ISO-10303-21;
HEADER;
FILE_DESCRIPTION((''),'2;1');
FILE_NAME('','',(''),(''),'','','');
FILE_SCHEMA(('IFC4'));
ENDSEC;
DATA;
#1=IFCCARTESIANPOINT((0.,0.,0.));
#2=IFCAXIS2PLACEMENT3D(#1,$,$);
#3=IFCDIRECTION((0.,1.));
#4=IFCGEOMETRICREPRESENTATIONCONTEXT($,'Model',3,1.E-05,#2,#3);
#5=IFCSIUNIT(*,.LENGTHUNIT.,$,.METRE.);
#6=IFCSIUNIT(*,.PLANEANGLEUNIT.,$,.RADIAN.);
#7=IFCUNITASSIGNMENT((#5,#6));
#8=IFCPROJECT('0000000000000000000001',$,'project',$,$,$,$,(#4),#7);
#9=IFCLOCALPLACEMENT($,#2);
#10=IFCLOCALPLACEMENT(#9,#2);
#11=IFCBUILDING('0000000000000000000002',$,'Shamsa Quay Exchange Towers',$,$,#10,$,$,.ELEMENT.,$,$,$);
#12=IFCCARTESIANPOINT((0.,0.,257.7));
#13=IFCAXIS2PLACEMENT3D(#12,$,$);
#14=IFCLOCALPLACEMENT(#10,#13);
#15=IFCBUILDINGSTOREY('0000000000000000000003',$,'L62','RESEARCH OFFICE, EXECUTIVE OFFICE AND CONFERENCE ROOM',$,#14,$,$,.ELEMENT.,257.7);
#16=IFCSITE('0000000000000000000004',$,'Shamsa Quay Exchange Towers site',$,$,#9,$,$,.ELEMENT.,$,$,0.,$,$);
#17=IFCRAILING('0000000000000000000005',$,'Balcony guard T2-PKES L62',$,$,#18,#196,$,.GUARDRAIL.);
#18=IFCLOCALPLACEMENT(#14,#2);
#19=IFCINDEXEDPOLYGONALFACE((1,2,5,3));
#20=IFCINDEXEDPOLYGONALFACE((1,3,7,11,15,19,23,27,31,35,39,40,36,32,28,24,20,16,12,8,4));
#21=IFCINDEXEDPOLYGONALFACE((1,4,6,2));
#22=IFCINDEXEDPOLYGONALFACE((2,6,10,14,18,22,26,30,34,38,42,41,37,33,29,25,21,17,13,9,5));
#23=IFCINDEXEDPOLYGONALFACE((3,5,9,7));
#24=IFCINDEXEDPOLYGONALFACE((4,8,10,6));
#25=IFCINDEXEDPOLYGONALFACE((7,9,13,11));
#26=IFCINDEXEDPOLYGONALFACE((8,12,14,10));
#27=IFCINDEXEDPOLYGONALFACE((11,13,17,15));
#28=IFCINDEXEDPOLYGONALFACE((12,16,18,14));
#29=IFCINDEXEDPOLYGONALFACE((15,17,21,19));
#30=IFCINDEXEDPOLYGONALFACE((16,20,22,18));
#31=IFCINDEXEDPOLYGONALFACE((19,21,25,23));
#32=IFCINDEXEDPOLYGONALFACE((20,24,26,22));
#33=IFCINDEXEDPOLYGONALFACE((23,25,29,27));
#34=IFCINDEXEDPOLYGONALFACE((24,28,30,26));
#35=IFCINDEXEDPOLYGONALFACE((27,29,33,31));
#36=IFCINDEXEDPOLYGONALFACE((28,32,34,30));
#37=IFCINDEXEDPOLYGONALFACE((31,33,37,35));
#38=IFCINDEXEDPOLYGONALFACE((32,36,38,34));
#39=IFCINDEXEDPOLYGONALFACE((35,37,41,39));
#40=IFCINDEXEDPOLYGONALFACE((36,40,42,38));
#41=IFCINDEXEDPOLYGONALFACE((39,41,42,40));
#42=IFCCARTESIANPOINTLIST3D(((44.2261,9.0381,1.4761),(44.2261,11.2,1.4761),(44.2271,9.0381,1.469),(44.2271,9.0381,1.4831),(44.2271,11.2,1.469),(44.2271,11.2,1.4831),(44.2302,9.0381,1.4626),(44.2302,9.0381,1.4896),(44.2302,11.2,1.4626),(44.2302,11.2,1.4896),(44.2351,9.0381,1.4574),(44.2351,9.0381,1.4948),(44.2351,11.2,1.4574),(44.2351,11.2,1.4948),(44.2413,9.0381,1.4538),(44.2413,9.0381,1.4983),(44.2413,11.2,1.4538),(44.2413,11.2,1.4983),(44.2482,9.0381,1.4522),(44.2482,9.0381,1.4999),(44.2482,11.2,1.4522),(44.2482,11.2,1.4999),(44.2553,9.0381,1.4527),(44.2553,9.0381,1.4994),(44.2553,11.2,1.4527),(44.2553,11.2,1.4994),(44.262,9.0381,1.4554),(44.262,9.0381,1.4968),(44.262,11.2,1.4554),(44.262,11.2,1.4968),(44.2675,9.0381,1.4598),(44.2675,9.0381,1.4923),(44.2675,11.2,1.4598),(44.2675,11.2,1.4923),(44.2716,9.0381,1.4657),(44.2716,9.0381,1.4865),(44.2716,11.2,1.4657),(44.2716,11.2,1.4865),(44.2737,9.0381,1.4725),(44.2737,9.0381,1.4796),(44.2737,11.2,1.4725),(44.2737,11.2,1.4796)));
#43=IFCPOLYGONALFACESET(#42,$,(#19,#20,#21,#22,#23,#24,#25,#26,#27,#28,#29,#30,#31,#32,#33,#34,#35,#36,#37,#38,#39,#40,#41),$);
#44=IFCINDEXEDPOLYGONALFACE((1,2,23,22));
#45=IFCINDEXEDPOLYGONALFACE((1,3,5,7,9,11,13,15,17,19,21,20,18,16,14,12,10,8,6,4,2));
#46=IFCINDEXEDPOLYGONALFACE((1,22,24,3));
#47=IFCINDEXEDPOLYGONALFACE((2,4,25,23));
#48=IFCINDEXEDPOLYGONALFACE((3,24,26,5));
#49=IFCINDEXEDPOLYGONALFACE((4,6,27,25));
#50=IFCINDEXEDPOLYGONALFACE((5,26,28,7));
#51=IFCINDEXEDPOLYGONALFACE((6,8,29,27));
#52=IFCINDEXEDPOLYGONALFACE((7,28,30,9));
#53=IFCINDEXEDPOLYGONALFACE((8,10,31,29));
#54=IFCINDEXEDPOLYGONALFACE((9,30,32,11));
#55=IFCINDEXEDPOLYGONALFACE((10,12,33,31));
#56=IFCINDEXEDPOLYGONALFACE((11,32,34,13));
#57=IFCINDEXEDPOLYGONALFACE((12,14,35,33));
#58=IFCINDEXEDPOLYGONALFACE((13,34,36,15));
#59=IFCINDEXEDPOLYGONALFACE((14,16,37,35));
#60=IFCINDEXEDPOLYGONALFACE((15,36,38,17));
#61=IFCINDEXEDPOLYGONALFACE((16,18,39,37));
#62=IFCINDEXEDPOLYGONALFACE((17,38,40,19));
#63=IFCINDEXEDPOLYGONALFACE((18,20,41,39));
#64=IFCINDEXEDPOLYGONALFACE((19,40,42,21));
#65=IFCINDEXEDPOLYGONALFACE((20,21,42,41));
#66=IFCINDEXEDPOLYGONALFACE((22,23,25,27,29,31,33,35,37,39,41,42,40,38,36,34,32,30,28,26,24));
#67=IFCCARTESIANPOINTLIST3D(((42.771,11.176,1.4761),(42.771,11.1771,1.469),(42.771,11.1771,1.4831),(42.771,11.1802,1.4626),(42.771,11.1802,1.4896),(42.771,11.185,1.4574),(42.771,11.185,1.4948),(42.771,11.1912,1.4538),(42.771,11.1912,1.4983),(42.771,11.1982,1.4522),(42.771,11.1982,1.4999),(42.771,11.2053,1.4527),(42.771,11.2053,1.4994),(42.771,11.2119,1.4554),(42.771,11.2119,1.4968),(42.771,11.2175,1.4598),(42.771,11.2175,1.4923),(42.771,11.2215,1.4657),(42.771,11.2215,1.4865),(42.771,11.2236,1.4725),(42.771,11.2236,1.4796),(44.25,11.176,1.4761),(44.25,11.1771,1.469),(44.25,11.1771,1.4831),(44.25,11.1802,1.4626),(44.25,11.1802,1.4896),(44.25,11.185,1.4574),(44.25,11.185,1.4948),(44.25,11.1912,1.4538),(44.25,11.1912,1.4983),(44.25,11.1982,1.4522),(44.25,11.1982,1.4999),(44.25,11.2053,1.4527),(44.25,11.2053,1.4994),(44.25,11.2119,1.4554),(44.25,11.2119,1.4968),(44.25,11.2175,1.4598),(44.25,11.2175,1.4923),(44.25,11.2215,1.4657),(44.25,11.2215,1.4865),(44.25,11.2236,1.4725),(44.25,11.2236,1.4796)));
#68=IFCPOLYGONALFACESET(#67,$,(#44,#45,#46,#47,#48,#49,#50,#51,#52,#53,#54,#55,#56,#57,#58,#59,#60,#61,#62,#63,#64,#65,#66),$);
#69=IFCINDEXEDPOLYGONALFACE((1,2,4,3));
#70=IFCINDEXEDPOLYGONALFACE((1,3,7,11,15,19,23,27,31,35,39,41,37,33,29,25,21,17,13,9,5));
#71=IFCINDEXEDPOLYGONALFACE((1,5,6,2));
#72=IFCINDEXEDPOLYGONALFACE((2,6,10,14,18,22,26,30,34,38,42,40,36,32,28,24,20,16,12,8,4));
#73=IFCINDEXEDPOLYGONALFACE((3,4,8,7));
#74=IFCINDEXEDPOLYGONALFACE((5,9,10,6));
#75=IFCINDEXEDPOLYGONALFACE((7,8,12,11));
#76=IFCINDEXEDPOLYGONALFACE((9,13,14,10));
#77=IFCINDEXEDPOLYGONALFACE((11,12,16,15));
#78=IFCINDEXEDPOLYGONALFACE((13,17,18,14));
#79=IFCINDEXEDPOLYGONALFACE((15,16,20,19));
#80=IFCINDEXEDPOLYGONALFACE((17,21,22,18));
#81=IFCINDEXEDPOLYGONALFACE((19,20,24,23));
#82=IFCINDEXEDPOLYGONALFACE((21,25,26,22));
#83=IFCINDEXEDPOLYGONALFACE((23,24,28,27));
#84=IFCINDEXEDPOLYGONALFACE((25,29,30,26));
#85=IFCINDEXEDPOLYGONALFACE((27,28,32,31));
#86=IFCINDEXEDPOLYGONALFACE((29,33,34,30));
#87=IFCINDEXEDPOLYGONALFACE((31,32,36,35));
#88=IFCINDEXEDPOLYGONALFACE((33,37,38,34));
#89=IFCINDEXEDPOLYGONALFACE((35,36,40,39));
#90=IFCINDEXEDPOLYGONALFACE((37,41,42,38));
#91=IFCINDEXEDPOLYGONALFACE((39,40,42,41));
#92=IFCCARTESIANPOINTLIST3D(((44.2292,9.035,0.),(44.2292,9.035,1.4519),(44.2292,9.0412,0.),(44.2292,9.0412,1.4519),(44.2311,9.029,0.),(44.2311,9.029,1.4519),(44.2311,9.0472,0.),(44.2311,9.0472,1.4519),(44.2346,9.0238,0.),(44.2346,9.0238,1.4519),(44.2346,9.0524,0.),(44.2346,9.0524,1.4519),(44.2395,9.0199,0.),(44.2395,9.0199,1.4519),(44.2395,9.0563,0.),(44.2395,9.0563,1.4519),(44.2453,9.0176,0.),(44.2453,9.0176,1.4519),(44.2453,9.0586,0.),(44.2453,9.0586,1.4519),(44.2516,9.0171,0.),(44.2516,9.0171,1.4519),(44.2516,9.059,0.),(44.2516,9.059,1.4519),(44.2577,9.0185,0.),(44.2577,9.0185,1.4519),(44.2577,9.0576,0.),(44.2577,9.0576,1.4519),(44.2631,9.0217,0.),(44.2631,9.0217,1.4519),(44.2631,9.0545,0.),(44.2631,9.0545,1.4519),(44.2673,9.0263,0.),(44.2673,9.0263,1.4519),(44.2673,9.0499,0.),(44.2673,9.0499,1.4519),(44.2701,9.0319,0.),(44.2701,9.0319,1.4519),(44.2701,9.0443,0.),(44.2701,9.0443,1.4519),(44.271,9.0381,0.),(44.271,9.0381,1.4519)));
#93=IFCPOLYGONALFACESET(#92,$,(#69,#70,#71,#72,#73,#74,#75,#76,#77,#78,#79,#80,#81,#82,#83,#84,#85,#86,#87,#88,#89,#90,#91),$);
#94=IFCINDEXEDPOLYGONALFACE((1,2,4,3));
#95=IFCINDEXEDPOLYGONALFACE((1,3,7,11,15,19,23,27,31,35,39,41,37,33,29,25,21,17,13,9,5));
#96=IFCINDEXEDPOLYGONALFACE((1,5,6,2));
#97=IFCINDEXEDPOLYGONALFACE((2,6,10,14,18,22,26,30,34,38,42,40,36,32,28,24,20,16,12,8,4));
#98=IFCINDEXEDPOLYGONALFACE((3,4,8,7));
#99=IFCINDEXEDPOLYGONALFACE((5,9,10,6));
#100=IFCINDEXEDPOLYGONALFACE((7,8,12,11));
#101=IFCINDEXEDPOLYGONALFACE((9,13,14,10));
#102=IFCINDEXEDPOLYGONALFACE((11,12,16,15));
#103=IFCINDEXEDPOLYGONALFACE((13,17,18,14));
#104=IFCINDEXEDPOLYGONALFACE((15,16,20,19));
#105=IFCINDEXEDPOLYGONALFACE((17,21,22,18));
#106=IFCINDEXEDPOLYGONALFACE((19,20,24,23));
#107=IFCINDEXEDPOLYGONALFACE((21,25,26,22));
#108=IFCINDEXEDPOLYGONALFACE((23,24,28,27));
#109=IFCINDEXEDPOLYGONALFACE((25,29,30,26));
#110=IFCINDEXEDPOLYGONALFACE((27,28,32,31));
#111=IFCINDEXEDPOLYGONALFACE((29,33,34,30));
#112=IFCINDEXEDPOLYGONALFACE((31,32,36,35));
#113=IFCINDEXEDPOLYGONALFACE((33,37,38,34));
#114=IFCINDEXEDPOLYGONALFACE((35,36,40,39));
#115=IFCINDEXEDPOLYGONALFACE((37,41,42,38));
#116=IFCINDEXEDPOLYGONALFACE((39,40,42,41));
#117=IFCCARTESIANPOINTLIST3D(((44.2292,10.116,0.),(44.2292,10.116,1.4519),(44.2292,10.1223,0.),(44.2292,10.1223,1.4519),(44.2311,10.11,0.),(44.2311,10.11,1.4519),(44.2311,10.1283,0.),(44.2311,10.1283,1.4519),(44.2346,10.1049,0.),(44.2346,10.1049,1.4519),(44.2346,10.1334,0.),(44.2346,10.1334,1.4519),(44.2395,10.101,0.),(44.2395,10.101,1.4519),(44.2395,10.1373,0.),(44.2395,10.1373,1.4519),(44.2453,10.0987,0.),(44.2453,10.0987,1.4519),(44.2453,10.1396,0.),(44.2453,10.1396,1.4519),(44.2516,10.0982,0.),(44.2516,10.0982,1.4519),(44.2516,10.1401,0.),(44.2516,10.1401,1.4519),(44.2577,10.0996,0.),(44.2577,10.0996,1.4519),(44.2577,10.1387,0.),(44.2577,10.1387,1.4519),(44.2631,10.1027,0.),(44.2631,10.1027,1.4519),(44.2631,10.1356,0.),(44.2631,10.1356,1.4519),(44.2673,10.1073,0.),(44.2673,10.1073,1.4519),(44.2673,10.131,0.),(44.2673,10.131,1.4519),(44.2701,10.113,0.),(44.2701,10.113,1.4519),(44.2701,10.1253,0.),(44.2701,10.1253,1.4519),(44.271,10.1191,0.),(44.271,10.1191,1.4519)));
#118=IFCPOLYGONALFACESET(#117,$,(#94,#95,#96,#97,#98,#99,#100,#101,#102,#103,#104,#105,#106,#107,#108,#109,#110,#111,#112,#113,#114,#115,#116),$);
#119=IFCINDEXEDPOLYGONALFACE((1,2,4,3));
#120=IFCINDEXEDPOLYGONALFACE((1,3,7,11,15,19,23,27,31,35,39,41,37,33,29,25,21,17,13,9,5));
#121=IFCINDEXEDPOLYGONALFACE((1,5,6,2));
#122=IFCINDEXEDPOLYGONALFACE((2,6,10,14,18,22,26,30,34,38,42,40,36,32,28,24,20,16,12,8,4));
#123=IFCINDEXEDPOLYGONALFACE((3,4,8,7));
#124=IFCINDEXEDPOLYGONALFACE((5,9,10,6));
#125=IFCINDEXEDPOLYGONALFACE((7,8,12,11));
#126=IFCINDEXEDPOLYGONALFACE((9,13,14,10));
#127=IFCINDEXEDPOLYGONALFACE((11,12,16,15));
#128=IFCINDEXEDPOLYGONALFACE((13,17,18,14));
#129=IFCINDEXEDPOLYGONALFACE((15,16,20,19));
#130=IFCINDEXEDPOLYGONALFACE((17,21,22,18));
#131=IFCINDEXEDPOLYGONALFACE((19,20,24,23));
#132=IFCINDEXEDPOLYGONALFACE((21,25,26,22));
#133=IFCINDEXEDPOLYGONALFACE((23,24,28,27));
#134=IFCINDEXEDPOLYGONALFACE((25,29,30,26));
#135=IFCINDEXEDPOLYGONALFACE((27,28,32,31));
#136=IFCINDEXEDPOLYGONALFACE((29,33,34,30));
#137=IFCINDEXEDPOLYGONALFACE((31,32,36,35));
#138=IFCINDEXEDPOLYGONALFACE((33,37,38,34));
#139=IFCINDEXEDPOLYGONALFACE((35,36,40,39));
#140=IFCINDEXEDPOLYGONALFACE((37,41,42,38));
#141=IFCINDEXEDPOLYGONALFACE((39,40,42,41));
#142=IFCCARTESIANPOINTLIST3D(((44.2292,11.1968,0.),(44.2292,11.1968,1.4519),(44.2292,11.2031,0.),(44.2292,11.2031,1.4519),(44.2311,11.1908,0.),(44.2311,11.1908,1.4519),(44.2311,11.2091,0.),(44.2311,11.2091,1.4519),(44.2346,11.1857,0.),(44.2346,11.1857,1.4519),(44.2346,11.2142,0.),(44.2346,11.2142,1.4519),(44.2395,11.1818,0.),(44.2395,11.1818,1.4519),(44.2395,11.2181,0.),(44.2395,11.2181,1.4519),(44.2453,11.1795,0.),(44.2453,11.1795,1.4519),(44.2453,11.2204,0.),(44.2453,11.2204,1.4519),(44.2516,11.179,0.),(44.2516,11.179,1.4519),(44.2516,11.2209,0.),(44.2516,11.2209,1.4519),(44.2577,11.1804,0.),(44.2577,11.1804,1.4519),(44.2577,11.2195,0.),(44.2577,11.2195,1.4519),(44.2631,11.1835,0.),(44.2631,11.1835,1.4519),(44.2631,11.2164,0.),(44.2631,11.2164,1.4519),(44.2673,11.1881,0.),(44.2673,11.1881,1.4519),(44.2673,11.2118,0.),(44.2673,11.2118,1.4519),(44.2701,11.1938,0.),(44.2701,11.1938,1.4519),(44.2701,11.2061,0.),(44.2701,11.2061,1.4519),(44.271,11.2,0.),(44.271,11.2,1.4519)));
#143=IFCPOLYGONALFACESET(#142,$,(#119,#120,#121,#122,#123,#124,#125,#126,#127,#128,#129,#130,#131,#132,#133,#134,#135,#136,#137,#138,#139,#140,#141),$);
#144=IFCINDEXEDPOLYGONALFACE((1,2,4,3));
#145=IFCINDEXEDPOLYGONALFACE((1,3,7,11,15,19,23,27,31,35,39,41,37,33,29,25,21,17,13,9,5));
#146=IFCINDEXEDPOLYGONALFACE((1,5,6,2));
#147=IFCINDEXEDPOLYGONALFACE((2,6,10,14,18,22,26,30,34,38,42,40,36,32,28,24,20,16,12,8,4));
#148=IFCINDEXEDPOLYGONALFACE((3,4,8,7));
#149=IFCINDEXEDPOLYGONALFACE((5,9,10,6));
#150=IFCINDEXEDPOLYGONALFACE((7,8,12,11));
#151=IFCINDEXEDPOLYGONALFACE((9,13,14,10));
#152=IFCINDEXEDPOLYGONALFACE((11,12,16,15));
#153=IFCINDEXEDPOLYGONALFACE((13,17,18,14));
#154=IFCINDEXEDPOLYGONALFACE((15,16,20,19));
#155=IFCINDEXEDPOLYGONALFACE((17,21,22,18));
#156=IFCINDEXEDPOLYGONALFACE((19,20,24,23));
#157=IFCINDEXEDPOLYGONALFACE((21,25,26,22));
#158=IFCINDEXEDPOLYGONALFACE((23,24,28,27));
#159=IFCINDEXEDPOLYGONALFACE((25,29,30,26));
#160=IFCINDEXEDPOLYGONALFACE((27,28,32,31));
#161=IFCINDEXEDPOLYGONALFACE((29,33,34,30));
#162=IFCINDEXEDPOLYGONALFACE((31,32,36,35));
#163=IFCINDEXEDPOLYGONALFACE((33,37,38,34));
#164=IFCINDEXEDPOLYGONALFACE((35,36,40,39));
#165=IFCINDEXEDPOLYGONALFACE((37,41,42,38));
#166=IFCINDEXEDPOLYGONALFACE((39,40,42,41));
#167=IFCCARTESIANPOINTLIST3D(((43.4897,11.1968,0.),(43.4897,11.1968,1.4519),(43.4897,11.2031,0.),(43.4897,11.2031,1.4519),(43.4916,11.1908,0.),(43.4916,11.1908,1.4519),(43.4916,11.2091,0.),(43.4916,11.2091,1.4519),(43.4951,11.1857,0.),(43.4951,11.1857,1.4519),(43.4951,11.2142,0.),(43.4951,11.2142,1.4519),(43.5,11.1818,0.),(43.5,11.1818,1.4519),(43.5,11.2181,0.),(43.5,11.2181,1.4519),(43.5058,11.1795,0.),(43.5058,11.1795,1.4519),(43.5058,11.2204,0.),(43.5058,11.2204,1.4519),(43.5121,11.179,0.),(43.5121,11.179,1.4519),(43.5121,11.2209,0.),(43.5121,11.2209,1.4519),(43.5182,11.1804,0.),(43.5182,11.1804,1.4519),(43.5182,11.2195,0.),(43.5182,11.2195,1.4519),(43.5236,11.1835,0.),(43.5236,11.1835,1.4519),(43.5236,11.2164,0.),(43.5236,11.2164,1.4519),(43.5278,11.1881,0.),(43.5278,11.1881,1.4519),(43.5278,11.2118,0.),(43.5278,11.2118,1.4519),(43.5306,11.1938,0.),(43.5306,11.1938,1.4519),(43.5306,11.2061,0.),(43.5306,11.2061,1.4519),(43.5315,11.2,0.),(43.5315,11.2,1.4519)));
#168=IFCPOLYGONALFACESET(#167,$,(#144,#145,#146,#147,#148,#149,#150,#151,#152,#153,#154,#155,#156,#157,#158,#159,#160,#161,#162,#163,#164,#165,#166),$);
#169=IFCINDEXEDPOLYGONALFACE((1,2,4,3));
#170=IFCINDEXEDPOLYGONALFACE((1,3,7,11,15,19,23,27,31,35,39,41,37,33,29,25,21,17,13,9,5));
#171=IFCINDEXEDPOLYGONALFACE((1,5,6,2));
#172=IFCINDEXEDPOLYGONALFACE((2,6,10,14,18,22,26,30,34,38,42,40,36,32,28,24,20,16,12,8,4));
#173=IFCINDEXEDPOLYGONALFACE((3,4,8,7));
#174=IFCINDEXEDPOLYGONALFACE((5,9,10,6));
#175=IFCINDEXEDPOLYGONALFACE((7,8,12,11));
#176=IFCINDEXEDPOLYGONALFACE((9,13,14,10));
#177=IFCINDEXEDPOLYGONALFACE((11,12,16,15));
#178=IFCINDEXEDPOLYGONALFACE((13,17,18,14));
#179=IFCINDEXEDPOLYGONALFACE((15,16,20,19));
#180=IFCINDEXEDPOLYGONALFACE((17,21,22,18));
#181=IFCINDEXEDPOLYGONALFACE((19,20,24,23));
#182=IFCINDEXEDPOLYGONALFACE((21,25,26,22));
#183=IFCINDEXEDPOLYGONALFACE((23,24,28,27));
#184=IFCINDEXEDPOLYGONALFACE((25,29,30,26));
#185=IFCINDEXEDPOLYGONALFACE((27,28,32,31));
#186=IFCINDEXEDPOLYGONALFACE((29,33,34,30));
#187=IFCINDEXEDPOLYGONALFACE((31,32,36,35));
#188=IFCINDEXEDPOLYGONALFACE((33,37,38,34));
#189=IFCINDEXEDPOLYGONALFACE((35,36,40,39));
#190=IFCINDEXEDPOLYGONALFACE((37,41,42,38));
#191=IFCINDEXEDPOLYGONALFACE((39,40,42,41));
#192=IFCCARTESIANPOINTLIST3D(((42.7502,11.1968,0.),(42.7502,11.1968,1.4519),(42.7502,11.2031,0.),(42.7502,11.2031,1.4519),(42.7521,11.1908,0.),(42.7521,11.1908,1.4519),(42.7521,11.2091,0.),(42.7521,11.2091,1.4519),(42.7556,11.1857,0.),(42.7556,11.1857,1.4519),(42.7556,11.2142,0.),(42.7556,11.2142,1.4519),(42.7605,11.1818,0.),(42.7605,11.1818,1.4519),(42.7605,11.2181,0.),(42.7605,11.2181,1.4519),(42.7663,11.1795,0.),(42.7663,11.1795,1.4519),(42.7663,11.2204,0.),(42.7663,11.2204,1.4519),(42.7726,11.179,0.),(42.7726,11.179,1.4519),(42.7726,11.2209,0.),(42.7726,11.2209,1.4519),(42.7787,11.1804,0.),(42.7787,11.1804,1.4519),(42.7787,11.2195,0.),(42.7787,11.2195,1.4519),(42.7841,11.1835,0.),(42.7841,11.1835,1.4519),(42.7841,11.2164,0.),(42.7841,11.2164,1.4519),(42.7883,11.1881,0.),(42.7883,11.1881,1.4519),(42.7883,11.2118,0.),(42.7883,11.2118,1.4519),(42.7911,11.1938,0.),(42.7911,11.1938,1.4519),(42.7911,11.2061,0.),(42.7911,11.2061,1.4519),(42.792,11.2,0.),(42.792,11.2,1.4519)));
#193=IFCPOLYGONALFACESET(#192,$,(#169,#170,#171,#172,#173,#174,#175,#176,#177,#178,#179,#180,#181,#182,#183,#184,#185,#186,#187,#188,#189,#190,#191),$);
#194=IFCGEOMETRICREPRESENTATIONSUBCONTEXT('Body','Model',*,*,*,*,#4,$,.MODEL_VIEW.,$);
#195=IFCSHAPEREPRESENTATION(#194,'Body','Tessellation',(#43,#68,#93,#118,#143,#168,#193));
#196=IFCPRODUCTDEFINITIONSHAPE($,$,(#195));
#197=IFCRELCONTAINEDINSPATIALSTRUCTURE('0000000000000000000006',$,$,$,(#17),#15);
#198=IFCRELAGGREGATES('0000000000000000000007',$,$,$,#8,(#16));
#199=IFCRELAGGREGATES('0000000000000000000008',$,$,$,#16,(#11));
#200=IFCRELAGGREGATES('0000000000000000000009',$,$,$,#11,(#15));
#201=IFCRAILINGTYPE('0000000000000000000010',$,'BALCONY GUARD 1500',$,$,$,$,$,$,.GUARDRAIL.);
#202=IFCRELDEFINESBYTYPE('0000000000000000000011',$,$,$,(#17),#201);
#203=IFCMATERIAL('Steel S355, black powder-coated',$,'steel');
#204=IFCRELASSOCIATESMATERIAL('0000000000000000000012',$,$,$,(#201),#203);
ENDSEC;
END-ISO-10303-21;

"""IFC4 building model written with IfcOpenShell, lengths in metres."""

from ifc_helpers import new_model, si_unit, direction, frame, origin, origin_2d, place, context, subcontext, project, spatial, circle, extrude, material, type_object, element, save


model = new_model("IFC4")

# Units and contexts
model_context = context("Model", 3, precision=1e-05, world=origin(), true_north=direction((0.0, 1.0)))
body_context = subcontext(model_context, "Body", "Model", "MODEL_VIEW")
ifc_project = project(units=[si_unit("LENGTHUNIT", "METRE"), si_unit("PLANEANGLEUNIT", "RADIAN")], contexts=[model_context])

# Site, building, storey
site_placement = place(None, origin())
site = spatial("IfcSite", under=ifc_project, at=site_placement, Name="Shamsa Quay Exchange Towers site", CompositionType="ELEMENT", RefElevation=0.0)
building_placement = place(site_placement, origin())
building = spatial("IfcBuilding", under=site, at=building_placement, Name="Shamsa Quay Exchange Towers", CompositionType="ELEMENT")
storey_placement = place(building_placement, frame((0.0, 0.0, 257.7)))
storey = spatial("IfcBuildingStorey", under=building, at=storey_placement, Name="L62", Description="RESEARCH OFFICE, EXECUTIVE OFFICE AND CONFERENCE ROOM", CompositionType="ELEMENT", Elevation=257.7)

# Railing
ifc_material_1 = material(Name="Steel S355, black powder-coated", Category="steel")
railing_type_1 = type_object("IfcRailingType", Name="BALCONY GUARD 1500", PredefinedType="GUARDRAIL", material=ifc_material_1)
for number, where, name in (
    (1, (44.25, 9.0381, 0.0), "Balcony guard T2-PKES L62"),
):
    element("IfcRailing", number, at=place(storey_placement, frame(where)), inside=storey, type_object=railing_type_1, Name=name, PredefinedType="GUARDRAIL", context=body_context, shape_type="SweptSolid", body=[
        extrude(circle(Radius=0.0239, at=origin_2d()), frame((0.0, 0.0, 1.4761), z_axis=(0.0, 1.0, 0.0), x_axis=(-1.0, 0.0, 0.0)), (0.0, 0.0, 1.0), 2.1619),
        extrude(circle(Radius=0.0239, at=origin_2d()), frame((0.0, 2.1619, 1.4761), z_axis=(-1.0, 0.0, 0.0), x_axis=(0.0, -1.0, 0.0)), (0.0, 0.0, 1.0), 1.479),
        extrude(circle(Radius=0.021, at=origin_2d()), origin(), (0.0, 0.0, 1.0), 1.4519),
        extrude(circle(Radius=0.021, at=origin_2d()), frame((0.0, 1.0811, 0.0)), (0.0, 0.0, 1.0), 1.4519),
        extrude(circle(Radius=0.021, at=origin_2d()), frame((0.0, 2.1619, 0.0)), (0.0, 0.0, 1.0), 1.4519),
        extrude(circle(Radius=0.021, at=origin_2d()), frame((-0.7395, 2.1619, 0.0)), (0.0, 0.0, 1.0), 1.4519),
        extrude(circle(Radius=0.021, at=origin_2d()), frame((-1.479, 2.1619, 0.0)), (0.0, 0.0, 1.0), 1.4519),
    ])

save(model, "model.ifc")
